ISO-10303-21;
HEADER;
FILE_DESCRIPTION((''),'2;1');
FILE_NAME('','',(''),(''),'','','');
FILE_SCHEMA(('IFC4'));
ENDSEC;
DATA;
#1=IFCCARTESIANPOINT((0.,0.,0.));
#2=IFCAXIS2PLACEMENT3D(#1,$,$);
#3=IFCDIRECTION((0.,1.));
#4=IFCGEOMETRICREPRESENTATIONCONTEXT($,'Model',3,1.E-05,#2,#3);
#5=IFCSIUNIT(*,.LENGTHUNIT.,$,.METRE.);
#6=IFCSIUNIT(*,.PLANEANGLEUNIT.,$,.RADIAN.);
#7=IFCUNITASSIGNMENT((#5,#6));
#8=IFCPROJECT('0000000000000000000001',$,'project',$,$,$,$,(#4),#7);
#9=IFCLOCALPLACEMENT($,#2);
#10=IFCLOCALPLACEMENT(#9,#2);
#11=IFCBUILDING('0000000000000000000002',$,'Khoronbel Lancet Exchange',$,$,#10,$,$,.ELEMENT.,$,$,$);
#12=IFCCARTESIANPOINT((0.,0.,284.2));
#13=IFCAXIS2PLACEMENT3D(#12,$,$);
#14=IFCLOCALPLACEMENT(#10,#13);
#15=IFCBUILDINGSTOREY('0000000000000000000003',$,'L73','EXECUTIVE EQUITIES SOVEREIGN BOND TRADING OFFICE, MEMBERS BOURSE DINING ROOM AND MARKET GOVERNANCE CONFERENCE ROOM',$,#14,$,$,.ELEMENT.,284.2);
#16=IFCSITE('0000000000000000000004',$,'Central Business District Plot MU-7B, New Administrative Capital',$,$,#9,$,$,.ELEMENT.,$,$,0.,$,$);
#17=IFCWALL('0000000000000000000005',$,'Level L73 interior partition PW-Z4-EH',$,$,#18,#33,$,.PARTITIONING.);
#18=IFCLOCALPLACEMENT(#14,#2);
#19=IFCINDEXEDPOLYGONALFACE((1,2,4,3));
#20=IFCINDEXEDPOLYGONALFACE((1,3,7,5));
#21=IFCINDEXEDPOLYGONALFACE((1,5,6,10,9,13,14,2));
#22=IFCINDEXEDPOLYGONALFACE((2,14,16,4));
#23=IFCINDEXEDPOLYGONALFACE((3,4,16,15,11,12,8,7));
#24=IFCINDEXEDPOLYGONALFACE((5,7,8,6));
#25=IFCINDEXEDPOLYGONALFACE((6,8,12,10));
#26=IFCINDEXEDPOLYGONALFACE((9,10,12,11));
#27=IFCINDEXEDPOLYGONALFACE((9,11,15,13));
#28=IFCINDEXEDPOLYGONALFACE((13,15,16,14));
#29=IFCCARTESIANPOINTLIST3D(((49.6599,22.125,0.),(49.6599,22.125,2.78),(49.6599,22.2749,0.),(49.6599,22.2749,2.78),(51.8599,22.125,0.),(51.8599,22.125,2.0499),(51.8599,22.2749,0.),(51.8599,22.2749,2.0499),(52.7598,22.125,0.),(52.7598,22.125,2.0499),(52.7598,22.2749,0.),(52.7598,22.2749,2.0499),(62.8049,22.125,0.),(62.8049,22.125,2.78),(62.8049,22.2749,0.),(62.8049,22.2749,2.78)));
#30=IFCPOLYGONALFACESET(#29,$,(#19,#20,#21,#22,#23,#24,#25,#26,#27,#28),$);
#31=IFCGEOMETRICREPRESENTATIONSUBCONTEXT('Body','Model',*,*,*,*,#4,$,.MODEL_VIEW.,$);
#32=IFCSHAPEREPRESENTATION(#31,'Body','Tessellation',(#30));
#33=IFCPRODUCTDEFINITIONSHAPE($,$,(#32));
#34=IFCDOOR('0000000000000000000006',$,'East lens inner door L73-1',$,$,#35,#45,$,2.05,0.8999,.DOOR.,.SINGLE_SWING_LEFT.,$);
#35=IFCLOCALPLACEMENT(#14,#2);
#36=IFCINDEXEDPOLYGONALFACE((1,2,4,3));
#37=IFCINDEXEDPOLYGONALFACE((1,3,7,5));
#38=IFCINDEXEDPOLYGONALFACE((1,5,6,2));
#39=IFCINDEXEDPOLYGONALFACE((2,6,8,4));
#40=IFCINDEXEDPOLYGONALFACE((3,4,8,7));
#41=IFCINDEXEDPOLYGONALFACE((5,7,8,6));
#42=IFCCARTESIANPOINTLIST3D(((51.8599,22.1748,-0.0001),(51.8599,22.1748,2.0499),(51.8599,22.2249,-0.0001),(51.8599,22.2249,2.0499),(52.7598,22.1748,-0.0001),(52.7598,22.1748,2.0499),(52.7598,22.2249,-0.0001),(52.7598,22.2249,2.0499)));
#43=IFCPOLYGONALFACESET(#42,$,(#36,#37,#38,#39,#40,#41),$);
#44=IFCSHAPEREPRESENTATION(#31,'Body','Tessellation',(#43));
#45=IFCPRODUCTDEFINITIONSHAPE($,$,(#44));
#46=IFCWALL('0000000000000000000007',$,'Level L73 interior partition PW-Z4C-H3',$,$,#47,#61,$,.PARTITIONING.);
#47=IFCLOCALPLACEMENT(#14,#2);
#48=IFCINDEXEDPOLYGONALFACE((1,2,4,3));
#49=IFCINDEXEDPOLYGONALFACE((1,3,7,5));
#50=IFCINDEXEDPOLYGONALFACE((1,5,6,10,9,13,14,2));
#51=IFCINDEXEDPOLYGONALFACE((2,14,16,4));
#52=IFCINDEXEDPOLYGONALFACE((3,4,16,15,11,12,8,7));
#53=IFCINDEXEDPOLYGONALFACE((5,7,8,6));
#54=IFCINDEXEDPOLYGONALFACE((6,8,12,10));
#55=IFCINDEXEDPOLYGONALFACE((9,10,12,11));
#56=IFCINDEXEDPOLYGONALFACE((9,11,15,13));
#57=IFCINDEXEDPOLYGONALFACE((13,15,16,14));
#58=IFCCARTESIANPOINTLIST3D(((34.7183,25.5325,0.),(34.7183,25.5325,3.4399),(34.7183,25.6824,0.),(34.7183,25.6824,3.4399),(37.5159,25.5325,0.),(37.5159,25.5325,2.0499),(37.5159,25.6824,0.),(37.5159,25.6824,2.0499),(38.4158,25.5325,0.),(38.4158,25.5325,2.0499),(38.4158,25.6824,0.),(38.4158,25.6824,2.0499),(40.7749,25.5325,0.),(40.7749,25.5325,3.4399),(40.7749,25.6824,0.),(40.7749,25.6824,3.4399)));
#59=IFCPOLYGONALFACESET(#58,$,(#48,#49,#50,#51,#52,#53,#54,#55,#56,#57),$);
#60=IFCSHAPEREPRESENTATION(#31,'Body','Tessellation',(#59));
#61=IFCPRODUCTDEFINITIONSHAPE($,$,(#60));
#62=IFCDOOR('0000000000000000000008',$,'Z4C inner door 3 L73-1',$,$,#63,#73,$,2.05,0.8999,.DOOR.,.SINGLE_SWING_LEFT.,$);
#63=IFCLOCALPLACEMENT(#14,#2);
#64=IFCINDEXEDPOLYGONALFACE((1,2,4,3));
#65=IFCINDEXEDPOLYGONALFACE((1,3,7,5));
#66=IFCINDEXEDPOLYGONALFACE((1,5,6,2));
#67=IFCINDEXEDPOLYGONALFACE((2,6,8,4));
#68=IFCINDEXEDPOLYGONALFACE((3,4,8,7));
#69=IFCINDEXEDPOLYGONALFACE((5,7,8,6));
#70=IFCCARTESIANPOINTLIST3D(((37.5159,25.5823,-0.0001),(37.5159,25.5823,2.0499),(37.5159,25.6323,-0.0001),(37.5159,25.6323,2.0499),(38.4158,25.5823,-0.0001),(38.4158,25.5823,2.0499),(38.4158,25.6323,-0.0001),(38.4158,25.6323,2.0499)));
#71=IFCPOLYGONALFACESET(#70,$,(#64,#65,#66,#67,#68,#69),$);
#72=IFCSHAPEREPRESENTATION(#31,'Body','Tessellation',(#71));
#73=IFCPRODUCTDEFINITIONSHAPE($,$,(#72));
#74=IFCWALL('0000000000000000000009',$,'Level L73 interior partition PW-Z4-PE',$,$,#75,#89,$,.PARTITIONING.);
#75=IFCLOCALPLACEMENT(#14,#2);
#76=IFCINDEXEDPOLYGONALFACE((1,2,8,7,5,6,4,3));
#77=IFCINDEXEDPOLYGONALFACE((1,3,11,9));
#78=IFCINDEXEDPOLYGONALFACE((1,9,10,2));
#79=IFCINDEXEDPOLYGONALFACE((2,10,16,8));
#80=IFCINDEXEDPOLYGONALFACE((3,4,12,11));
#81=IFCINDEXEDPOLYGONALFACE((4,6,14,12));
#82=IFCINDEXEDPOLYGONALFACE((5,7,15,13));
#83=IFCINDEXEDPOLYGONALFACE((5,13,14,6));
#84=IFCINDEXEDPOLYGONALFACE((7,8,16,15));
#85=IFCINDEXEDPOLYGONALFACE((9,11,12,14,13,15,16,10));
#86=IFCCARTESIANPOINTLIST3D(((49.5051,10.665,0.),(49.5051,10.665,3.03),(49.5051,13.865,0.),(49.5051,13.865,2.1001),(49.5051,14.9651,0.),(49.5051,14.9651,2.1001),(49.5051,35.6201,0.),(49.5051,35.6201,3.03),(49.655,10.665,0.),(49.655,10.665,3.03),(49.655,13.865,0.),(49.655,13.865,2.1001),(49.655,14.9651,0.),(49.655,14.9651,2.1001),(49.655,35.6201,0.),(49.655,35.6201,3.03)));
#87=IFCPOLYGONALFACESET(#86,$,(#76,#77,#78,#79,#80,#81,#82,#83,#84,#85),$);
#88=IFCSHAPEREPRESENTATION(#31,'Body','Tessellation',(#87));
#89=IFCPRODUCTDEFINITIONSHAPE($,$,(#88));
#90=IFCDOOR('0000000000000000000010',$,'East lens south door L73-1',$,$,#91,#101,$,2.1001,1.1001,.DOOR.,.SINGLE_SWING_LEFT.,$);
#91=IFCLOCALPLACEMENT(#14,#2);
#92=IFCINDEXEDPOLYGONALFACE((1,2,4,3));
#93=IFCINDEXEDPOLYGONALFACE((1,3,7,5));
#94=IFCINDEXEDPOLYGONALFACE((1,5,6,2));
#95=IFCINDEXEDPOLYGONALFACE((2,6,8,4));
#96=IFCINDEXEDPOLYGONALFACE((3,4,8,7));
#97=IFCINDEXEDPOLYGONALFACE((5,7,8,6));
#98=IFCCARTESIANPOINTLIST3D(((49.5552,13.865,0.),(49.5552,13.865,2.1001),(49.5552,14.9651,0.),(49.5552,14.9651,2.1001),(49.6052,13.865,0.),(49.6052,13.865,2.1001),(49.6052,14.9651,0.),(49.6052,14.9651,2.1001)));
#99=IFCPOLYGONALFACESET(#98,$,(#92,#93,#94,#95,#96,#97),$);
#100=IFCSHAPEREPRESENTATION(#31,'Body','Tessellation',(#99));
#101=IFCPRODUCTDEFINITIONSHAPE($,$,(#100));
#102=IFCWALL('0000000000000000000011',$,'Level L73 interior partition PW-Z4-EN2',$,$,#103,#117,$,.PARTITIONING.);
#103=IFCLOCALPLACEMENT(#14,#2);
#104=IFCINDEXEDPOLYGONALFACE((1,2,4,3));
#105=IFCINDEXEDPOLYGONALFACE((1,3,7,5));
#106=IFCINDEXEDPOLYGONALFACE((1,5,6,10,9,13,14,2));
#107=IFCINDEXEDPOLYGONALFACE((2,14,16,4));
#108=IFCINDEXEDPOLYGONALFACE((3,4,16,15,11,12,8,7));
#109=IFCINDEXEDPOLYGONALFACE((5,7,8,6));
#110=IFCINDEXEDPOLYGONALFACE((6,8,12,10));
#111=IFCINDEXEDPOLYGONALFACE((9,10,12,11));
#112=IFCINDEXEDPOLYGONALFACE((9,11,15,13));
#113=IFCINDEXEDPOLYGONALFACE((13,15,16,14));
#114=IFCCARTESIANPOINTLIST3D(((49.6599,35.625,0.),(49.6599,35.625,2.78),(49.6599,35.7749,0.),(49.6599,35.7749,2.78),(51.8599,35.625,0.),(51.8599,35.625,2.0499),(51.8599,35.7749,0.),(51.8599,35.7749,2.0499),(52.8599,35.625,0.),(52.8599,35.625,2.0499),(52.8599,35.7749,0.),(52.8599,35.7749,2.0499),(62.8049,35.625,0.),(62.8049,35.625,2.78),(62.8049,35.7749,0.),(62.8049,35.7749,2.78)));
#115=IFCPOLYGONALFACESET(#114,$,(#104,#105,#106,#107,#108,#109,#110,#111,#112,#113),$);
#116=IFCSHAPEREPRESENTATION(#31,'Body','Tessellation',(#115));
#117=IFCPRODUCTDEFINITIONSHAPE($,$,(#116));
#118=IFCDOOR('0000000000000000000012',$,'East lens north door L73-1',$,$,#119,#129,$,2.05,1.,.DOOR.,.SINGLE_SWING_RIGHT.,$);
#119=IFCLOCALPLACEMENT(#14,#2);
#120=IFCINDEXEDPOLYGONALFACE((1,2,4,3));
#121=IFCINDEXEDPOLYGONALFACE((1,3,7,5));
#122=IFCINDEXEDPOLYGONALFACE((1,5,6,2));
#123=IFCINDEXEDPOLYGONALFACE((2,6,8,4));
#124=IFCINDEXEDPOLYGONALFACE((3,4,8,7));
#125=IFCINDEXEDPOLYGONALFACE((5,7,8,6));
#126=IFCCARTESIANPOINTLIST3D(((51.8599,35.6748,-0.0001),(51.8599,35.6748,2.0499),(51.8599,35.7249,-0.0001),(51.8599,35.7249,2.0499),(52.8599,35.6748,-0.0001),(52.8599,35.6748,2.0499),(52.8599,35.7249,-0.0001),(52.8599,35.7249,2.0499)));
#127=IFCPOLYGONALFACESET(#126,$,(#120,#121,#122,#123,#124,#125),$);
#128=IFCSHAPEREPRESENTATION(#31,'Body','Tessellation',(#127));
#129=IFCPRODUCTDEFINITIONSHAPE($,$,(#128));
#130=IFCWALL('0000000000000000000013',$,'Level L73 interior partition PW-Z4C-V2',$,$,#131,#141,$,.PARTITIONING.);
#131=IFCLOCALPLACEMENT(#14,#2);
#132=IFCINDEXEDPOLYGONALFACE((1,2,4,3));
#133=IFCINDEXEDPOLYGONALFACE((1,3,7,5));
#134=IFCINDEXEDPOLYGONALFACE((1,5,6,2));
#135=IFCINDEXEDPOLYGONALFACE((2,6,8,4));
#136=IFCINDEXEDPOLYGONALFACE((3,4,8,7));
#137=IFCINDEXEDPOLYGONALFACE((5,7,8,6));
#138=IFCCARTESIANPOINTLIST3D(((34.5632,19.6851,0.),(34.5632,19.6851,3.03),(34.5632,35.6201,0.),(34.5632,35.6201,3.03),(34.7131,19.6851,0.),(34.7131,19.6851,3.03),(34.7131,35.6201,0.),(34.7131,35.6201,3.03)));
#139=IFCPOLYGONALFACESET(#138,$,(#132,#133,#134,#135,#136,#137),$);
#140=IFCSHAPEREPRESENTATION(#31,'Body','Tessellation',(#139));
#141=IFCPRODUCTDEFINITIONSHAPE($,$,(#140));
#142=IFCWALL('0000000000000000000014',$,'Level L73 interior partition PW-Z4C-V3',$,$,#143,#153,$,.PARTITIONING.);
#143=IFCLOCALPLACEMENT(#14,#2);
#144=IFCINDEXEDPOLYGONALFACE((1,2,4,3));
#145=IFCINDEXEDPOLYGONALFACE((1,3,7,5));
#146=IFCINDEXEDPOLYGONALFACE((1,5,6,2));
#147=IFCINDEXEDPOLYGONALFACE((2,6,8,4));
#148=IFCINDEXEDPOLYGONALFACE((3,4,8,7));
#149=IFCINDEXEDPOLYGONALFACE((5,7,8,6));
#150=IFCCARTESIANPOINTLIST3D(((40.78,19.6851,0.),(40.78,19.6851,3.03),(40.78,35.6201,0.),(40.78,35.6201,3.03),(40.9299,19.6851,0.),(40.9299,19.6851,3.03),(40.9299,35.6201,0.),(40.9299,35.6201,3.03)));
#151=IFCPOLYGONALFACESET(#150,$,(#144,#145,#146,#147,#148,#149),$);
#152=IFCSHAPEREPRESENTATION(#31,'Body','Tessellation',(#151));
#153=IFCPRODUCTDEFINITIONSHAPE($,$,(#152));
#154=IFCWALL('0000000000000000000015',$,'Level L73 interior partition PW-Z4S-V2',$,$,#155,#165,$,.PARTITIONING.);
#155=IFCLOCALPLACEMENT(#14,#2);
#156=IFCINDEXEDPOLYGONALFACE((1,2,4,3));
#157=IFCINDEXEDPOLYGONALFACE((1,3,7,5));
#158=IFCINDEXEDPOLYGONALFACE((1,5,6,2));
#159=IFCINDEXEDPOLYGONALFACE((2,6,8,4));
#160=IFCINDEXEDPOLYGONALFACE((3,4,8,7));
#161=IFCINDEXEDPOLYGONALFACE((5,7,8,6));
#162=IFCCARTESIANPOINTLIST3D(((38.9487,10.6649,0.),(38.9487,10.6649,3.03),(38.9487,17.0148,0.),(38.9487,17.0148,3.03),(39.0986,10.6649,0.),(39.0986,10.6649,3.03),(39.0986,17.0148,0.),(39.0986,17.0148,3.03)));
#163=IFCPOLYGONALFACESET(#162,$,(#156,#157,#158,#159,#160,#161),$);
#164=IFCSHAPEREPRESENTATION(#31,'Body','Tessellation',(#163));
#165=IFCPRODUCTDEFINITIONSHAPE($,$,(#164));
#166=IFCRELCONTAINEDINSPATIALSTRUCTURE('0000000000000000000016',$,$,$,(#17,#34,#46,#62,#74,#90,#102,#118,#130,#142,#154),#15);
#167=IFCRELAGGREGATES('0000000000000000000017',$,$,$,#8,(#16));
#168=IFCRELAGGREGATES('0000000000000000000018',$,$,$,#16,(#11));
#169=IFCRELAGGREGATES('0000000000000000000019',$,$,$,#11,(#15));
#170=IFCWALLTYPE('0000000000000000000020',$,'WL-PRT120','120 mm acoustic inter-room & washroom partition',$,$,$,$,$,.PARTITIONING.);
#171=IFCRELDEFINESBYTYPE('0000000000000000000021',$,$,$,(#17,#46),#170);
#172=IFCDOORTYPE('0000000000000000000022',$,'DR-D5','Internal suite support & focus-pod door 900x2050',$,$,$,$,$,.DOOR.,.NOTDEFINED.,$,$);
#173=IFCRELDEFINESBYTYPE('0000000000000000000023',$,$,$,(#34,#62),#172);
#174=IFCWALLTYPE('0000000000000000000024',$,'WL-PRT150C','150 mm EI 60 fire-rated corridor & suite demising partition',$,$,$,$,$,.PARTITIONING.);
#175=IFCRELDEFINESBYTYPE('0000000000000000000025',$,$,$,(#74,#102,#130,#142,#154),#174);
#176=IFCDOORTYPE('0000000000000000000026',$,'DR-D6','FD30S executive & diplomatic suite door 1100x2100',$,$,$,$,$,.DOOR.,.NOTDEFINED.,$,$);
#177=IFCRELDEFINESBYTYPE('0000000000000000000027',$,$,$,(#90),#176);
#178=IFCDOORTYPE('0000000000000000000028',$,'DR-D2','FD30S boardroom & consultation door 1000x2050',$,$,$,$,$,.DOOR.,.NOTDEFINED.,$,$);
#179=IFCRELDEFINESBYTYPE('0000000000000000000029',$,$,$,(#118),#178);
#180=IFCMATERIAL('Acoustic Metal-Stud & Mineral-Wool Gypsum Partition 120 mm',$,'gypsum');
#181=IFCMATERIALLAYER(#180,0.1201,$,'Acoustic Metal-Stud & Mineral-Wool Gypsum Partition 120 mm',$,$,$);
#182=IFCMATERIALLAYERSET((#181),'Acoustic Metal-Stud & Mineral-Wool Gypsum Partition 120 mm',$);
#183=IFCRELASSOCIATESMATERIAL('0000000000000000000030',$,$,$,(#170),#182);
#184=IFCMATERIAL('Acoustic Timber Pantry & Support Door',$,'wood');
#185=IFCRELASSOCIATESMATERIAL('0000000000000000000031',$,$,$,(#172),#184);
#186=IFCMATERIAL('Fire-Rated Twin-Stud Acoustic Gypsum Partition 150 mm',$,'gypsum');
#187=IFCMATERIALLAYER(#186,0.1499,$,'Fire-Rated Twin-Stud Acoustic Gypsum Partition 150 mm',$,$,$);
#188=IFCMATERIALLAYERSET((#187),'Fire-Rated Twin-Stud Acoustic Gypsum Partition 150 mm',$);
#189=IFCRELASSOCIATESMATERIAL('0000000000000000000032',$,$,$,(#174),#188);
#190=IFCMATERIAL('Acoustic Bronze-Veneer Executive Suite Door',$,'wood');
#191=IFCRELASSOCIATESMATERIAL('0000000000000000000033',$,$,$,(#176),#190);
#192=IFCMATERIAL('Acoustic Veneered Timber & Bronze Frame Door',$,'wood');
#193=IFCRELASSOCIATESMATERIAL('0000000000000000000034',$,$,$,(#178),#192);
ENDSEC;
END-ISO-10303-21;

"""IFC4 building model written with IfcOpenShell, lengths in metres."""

from ifc_helpers import new_model, si_unit, direction, frame, frame_2d, origin, place, context, subcontext, project, spatial, rectangle, extrude, material, layer, layer_set, type_object, element, fill, save


model = new_model("IFC4")

# Units and contexts
model_context = context("Model", 3, precision=1e-05, world=origin(), true_north=direction((0.0, 1.0)))
body_context = subcontext(model_context, "Body", "Model", "MODEL_VIEW")
ifc_project = project(units=[si_unit("LENGTHUNIT", "METRE"), si_unit("PLANEANGLEUNIT", "RADIAN")], contexts=[model_context])

# Site, building, storey
site_placement = place(None, origin())
site = spatial("IfcSite", under=ifc_project, at=site_placement, Name="Central Business District Plot MU-7B, New Administrative Capital", CompositionType="ELEMENT", RefElevation=0.0)
building_placement = place(site_placement, origin())
building = spatial("IfcBuilding", under=site, at=building_placement, Name="Khoronbel Lancet Exchange", CompositionType="ELEMENT")
storey_placement = place(building_placement, frame((0.0, 0.0, 284.2)))
storey = spatial("IfcBuildingStorey", under=building, at=storey_placement, Name="L73", Description="EXECUTIVE EQUITIES SOVEREIGN BOND TRADING OFFICE, MEMBERS BOURSE DINING ROOM AND MARKET GOVERNANCE CONFERENCE ROOM", CompositionType="ELEMENT", Elevation=284.2)

# Walls, openings, doors
ifc_material_1 = material(Name="Acoustic Metal-Stud & Mineral-Wool Gypsum Partition 120 mm", Category="gypsum")
ifc_layer_1 = layer(ifc_material_1, 0.1201, Name="Acoustic Metal-Stud & Mineral-Wool Gypsum Partition 120 mm")
ifc_layer_set_1 = layer_set([ifc_layer_1], Name="Acoustic Metal-Stud & Mineral-Wool Gypsum Partition 120 mm")
wall_type_1 = type_object("IfcWallType", Name="WL-PRT120", Description="120 mm acoustic inter-room & washroom partition", PredefinedType="PARTITIONING", material=ifc_layer_set_1)
wall_1_placement = place(storey_placement, frame((49.6599, 22.2, 0.0), z_axis=(0.0, 0.0, 1.0), x_axis=(1.0, 0.0, 0.0)))
wall_1 = element("IfcWall", 1, at=wall_1_placement, inside=storey, type_object=wall_type_1, Name="Level L73 interior partition PW-Z4-EH", PredefinedType="PARTITIONING", context=body_context, shape_type="SweptSolid", body=[
    extrude(rectangle(XDim=13.145, YDim=0.1499, at=frame_2d((6.5725, 0.0))), origin(), (0.0, 0.0, 1.0), 2.78),
])
opening_1_placement = place(wall_1_placement, frame((2.2, 0.0, 0.0)))
opening_1 = element("IfcOpeningElement", 2, at=opening_1_placement, cuts=wall_1, PredefinedType="OPENING", context=body_context, shape_type="SweptSolid", body=[
    extrude(rectangle(XDim=0.8999, YDim=2.05, at=frame_2d((0.45, 1.0249))), frame((0.0, 0.085, 0.0), z_axis=(0.0, -1.0, 0.0), x_axis=(1.0, 0.0, 0.0)), (0.0, 0.0, 1.0), 0.1699),
])
ifc_material_2 = material(Name="Acoustic Timber Pantry & Support Door", Category="wood")
door_type_1 = type_object("IfcDoorType", Name="DR-D5", Description="Internal suite support & focus-pod door 900x2050", OperationType="NOTDEFINED", PredefinedType="DOOR", material=ifc_material_2)
door_1_placement = place(opening_1_placement, origin())
door_1 = element("IfcDoor", 3, at=door_1_placement, inside=storey, type_object=door_type_1, Name="East lens inner door L73-1", OperationType="SINGLE_SWING_LEFT", OverallHeight=2.05, OverallWidth=0.8999, PredefinedType="DOOR", context=body_context, shape_type="SweptSolid", body=[
    extrude(rectangle(XDim=0.8999, YDim=2.05, at=frame_2d((0.45, 1.0249))), frame((0.0, 0.0249, 0.0), z_axis=(0.0, -1.0, 0.0), x_axis=(1.0, 0.0, 0.0)), (0.0, 0.0, 1.0), 0.05),
])
fill(opening_1, door_1)
wall_2_placement = place(storey_placement, frame((34.7183, 25.6074, 0.0), z_axis=(0.0, 0.0, 1.0), x_axis=(1.0, 0.0, 0.0)))
wall_2 = element("IfcWall", 4, at=wall_2_placement, inside=storey, type_object=wall_type_1, Name="Level L73 interior partition PW-Z4C-H3", PredefinedType="PARTITIONING", context=body_context, shape_type="SweptSolid", body=[
    extrude(rectangle(XDim=6.0566, YDim=0.1499, at=frame_2d((3.0283, 0.0))), origin(), (0.0, 0.0, 1.0), 3.4399),
])
opening_2_placement = place(wall_2_placement, frame((2.7976, 0.0, 0.0)))
opening_2 = element("IfcOpeningElement", 5, at=opening_2_placement, cuts=wall_2, PredefinedType="OPENING", context=body_context, shape_type="SweptSolid", body=[
    extrude(rectangle(XDim=0.8999, YDim=2.05, at=frame_2d((0.45, 1.0249))), frame((0.0, 0.085, 0.0), z_axis=(0.0, -1.0, 0.0), x_axis=(1.0, 0.0, 0.0)), (0.0, 0.0, 1.0), 0.1699),
])
door_2_placement = place(opening_2_placement, origin())
door_2 = element("IfcDoor", 6, at=door_2_placement, inside=storey, type_object=door_type_1, Name="Z4C inner door 3 L73-1", OperationType="SINGLE_SWING_LEFT", OverallHeight=2.05, OverallWidth=0.8999, PredefinedType="DOOR", context=body_context, shape_type="SweptSolid", body=[
    extrude(rectangle(XDim=0.8999, YDim=2.05, at=frame_2d((0.45, 1.0249))), frame((0.0, 0.0249, 0.0), z_axis=(0.0, -1.0, 0.0), x_axis=(1.0, 0.0, 0.0)), (0.0, 0.0, 1.0), 0.05),
])
fill(opening_2, door_2)
ifc_material_3 = material(Name="Fire-Rated Twin-Stud Acoustic Gypsum Partition 150 mm", Category="gypsum")
ifc_layer_2 = layer(ifc_material_3, 0.1499, Name="Fire-Rated Twin-Stud Acoustic Gypsum Partition 150 mm")
ifc_layer_set_2 = layer_set([ifc_layer_2], Name="Fire-Rated Twin-Stud Acoustic Gypsum Partition 150 mm")
wall_type_2 = type_object("IfcWallType", Name="WL-PRT150C", Description="150 mm EI 60 fire-rated corridor & suite demising partition", PredefinedType="PARTITIONING", material=ifc_layer_set_2)
wall_3_placement = place(storey_placement, frame((49.5801, 10.665, 0.0), z_axis=(0.0, 0.0, 1.0), x_axis=(0.0, 1.0, 0.0)))
wall_3 = element("IfcWall", 7, at=wall_3_placement, inside=storey, type_object=wall_type_2, Name="Level L73 interior partition PW-Z4-PE", PredefinedType="PARTITIONING", context=body_context, shape_type="SweptSolid", body=[
    extrude(rectangle(XDim=24.9551, YDim=0.1499, at=frame_2d((12.4775, 0.0))), origin(), (0.0, 0.0, 1.0), 3.03),
])
opening_3_placement = place(wall_3_placement, frame((3.2, 0.0, 0.0)))
opening_3 = element("IfcOpeningElement", 8, at=opening_3_placement, cuts=wall_3, PredefinedType="OPENING", context=body_context, shape_type="SweptSolid", body=[
    extrude(rectangle(XDim=1.1001, YDim=2.1001, at=frame_2d((0.55, 1.05))), frame((0.0, 0.085, 0.0), z_axis=(0.0, -1.0, 0.0), x_axis=(1.0, 0.0, 0.0)), (0.0, 0.0, 1.0), 0.1699),
])
ifc_material_4 = material(Name="Acoustic Bronze-Veneer Executive Suite Door", Category="wood")
door_type_2 = type_object("IfcDoorType", Name="DR-D6", Description="FD30S executive & diplomatic suite door 1100x2100", OperationType="NOTDEFINED", PredefinedType="DOOR", material=ifc_material_4)
door_3_placement = place(opening_3_placement, origin())
door_3 = element("IfcDoor", 9, at=door_3_placement, inside=storey, type_object=door_type_2, Name="East lens south door L73-1", OperationType="SINGLE_SWING_LEFT", OverallHeight=2.1001, OverallWidth=1.1001, PredefinedType="DOOR", context=body_context, shape_type="SweptSolid", body=[
    extrude(rectangle(XDim=1.1001, YDim=2.1001, at=frame_2d((0.55, 1.05))), frame((0.0, 0.0249, 0.0), z_axis=(0.0, -1.0, 0.0), x_axis=(1.0, 0.0, 0.0)), (0.0, 0.0, 1.0), 0.05),
])
fill(opening_3, door_3)
wall_4_placement = place(storey_placement, frame((49.6599, 35.7, 0.0), z_axis=(0.0, 0.0, 1.0), x_axis=(1.0, 0.0, 0.0)))
wall_4 = element("IfcWall", 10, at=wall_4_placement, inside=storey, type_object=wall_type_2, Name="Level L73 interior partition PW-Z4-EN2", PredefinedType="PARTITIONING", context=body_context, shape_type="SweptSolid", body=[
    extrude(rectangle(XDim=13.145, YDim=0.1499, at=frame_2d((6.5725, 0.0))), origin(), (0.0, 0.0, 1.0), 2.78),
])
opening_4_placement = place(wall_4_placement, frame((2.2, 0.0, 0.0)))
opening_4 = element("IfcOpeningElement", 11, at=opening_4_placement, cuts=wall_4, PredefinedType="OPENING", context=body_context, shape_type="SweptSolid", body=[
    extrude(rectangle(XDim=1.0, YDim=2.05, at=frame_2d((0.5, 1.0249))), frame((0.0, 0.085, 0.0), z_axis=(0.0, -1.0, 0.0), x_axis=(1.0, 0.0, 0.0)), (0.0, 0.0, 1.0), 0.1699),
])
ifc_material_5 = material(Name="Acoustic Veneered Timber & Bronze Frame Door", Category="wood")
door_type_3 = type_object("IfcDoorType", Name="DR-D2", Description="FD30S boardroom & consultation door 1000x2050", OperationType="NOTDEFINED", PredefinedType="DOOR", material=ifc_material_5)
door_4_placement = place(opening_4_placement, origin())
door_4 = element("IfcDoor", 12, at=door_4_placement, inside=storey, type_object=door_type_3, Name="East lens north door L73-1", OperationType="SINGLE_SWING_RIGHT", OverallHeight=2.05, OverallWidth=1.0, PredefinedType="DOOR", context=body_context, shape_type="SweptSolid", body=[
    extrude(rectangle(XDim=1.0, YDim=2.05, at=frame_2d((0.5, 1.0249))), frame((0.0, 0.0249, 0.0), z_axis=(0.0, -1.0, 0.0), x_axis=(1.0, 0.0, 0.0)), (0.0, 0.0, 1.0), 0.05),
])
fill(opening_4, door_4)

# Walls
for number, where, z_axis, x_axis, name in (
    (13, (34.6382, 19.6851, 0.0), (0.0, 0.0, 1.0), (0.0, 1.0, 0.0), "Level L73 interior partition PW-Z4C-V2"),
    (14, (40.855, 19.6851, 0.0), (0.0, 0.0, 1.0), (0.0, 1.0, 0.0), "Level L73 interior partition PW-Z4C-V3"),
):
    element("IfcWall", number, at=place(storey_placement, frame(where, z_axis=z_axis, x_axis=x_axis)), inside=storey, type_object=wall_type_2, Name=name, PredefinedType="PARTITIONING", context=body_context, shape_type="SweptSolid", body=[
        extrude(rectangle(XDim=15.9351, YDim=0.1499, at=frame_2d((7.9675, 0.0))), origin(), (0.0, 0.0, 1.0), 3.03),
    ])
wall_5_placement = place(storey_placement, frame((39.0237, 10.665, 0.0), z_axis=(0.0, 0.0, 1.0), x_axis=(0.0, 1.0, 0.0)))
element("IfcWall", 15, at=wall_5_placement, inside=storey, type_object=wall_type_2, Name="Level L73 interior partition PW-Z4S-V2", PredefinedType="PARTITIONING", context=body_context, shape_type="SweptSolid", body=[
    extrude(rectangle(XDim=6.3499, YDim=0.1499, at=frame_2d((3.1748, 0.0))), origin(), (0.0, 0.0, 1.0), 3.03),
])

save(model, "model.ifc")
